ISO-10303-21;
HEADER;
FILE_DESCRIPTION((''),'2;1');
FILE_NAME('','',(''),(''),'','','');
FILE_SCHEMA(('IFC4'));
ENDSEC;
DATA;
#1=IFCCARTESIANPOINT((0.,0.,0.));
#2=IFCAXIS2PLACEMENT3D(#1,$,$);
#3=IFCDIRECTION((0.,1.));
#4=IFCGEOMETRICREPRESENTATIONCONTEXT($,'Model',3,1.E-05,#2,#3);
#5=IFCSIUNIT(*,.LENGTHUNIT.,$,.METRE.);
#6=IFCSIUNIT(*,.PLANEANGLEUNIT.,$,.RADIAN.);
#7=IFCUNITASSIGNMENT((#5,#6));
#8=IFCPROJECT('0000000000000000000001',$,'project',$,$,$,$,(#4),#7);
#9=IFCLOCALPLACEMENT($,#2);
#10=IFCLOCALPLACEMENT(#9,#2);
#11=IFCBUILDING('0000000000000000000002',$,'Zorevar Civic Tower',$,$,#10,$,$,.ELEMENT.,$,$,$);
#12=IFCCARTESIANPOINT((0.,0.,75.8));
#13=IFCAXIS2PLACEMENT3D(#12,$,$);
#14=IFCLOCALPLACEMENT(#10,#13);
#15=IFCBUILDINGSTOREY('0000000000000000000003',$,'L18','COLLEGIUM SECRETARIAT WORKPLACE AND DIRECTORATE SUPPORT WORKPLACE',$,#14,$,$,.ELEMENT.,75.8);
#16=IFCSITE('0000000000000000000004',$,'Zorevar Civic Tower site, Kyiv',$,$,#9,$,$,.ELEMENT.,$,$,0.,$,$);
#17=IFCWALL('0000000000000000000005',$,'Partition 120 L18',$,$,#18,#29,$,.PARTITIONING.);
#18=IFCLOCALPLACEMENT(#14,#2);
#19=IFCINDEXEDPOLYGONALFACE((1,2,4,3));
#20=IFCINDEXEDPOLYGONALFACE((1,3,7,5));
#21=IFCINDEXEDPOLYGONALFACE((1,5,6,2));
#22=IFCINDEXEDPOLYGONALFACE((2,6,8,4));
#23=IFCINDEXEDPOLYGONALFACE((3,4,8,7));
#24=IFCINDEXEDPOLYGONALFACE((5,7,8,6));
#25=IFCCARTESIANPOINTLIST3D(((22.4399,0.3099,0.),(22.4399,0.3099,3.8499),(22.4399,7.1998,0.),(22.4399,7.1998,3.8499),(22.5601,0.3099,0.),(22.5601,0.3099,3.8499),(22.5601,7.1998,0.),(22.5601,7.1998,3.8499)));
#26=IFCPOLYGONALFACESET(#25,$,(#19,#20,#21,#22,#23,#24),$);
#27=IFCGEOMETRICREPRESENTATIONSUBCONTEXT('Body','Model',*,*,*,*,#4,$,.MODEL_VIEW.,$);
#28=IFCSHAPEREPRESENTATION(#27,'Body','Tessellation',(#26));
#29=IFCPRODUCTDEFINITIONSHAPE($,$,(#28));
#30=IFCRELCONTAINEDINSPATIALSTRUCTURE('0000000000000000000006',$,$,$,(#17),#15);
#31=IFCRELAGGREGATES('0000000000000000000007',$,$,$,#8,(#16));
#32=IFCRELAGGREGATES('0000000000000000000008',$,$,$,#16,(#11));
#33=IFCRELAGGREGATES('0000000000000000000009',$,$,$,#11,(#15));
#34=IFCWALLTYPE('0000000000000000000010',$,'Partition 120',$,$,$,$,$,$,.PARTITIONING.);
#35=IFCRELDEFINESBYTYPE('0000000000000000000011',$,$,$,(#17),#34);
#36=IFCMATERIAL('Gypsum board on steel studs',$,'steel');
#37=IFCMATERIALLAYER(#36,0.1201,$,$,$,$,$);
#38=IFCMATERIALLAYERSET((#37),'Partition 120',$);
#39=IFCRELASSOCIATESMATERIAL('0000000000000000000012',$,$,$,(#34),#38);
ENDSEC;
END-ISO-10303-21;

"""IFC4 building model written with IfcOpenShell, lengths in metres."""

from ifc_helpers import new_model, si_unit, direction, frame, frame_2d, origin, place, context, subcontext, project, spatial, rectangle, extrude, material, layer, layer_set, type_object, element, save


model = new_model("IFC4")

# Units and contexts
model_context = context("Model", 3, precision=1e-05, world=origin(), true_north=direction((0.0, 1.0)))
body_context = subcontext(model_context, "Body", "Model", "MODEL_VIEW")
ifc_project = project(units=[si_unit("LENGTHUNIT", "METRE"), si_unit("PLANEANGLEUNIT", "RADIAN")], contexts=[model_context])

# Site, building, storey
site_placement = place(None, origin())
site = spatial("IfcSite", under=ifc_project, at=site_placement, Name="Zorevar Civic Tower site, Kyiv", CompositionType="ELEMENT", RefElevation=0.0)
building_placement = place(site_placement, origin())
building = spatial("IfcBuilding", under=site, at=building_placement, Name="Zorevar Civic Tower", CompositionType="ELEMENT")
storey_placement = place(building_placement, frame((0.0, 0.0, 75.8)))
storey = spatial("IfcBuildingStorey", under=building, at=storey_placement, Name="L18", Description="COLLEGIUM SECRETARIAT WORKPLACE AND DIRECTORATE SUPPORT WORKPLACE", CompositionType="ELEMENT", Elevation=75.8)

# Shared definitions
ifc_material_1 = material(Name="Gypsum board on steel studs", Category="steel")
ifc_layer_1 = layer(ifc_material_1, 0.1201)
ifc_layer_set_1 = layer_set([ifc_layer_1], Name="Partition 120")
wall_type_1 = type_object("IfcWallType", Name="Partition 120", PredefinedType="PARTITIONING", material=ifc_layer_set_1)

# Wall
wall_1_placement = place(storey_placement, frame((22.5, 0.3101, 0.0), z_axis=(0.0, 0.0, 1.0), x_axis=(0.0, 1.0, 0.0)))
element("IfcWall", 1, at=wall_1_placement, inside=storey, type_object=wall_type_1, Name="Partition 120 L18", PredefinedType="PARTITIONING", context=body_context, shape_type="SweptSolid", body=[
    extrude(rectangle(XDim=6.8899, YDim=0.1201, at=frame_2d((3.4448, 0.0))), origin(), (0.0, 0.0, 1.0), 3.8499),
])

save(model, "model.ifc")
